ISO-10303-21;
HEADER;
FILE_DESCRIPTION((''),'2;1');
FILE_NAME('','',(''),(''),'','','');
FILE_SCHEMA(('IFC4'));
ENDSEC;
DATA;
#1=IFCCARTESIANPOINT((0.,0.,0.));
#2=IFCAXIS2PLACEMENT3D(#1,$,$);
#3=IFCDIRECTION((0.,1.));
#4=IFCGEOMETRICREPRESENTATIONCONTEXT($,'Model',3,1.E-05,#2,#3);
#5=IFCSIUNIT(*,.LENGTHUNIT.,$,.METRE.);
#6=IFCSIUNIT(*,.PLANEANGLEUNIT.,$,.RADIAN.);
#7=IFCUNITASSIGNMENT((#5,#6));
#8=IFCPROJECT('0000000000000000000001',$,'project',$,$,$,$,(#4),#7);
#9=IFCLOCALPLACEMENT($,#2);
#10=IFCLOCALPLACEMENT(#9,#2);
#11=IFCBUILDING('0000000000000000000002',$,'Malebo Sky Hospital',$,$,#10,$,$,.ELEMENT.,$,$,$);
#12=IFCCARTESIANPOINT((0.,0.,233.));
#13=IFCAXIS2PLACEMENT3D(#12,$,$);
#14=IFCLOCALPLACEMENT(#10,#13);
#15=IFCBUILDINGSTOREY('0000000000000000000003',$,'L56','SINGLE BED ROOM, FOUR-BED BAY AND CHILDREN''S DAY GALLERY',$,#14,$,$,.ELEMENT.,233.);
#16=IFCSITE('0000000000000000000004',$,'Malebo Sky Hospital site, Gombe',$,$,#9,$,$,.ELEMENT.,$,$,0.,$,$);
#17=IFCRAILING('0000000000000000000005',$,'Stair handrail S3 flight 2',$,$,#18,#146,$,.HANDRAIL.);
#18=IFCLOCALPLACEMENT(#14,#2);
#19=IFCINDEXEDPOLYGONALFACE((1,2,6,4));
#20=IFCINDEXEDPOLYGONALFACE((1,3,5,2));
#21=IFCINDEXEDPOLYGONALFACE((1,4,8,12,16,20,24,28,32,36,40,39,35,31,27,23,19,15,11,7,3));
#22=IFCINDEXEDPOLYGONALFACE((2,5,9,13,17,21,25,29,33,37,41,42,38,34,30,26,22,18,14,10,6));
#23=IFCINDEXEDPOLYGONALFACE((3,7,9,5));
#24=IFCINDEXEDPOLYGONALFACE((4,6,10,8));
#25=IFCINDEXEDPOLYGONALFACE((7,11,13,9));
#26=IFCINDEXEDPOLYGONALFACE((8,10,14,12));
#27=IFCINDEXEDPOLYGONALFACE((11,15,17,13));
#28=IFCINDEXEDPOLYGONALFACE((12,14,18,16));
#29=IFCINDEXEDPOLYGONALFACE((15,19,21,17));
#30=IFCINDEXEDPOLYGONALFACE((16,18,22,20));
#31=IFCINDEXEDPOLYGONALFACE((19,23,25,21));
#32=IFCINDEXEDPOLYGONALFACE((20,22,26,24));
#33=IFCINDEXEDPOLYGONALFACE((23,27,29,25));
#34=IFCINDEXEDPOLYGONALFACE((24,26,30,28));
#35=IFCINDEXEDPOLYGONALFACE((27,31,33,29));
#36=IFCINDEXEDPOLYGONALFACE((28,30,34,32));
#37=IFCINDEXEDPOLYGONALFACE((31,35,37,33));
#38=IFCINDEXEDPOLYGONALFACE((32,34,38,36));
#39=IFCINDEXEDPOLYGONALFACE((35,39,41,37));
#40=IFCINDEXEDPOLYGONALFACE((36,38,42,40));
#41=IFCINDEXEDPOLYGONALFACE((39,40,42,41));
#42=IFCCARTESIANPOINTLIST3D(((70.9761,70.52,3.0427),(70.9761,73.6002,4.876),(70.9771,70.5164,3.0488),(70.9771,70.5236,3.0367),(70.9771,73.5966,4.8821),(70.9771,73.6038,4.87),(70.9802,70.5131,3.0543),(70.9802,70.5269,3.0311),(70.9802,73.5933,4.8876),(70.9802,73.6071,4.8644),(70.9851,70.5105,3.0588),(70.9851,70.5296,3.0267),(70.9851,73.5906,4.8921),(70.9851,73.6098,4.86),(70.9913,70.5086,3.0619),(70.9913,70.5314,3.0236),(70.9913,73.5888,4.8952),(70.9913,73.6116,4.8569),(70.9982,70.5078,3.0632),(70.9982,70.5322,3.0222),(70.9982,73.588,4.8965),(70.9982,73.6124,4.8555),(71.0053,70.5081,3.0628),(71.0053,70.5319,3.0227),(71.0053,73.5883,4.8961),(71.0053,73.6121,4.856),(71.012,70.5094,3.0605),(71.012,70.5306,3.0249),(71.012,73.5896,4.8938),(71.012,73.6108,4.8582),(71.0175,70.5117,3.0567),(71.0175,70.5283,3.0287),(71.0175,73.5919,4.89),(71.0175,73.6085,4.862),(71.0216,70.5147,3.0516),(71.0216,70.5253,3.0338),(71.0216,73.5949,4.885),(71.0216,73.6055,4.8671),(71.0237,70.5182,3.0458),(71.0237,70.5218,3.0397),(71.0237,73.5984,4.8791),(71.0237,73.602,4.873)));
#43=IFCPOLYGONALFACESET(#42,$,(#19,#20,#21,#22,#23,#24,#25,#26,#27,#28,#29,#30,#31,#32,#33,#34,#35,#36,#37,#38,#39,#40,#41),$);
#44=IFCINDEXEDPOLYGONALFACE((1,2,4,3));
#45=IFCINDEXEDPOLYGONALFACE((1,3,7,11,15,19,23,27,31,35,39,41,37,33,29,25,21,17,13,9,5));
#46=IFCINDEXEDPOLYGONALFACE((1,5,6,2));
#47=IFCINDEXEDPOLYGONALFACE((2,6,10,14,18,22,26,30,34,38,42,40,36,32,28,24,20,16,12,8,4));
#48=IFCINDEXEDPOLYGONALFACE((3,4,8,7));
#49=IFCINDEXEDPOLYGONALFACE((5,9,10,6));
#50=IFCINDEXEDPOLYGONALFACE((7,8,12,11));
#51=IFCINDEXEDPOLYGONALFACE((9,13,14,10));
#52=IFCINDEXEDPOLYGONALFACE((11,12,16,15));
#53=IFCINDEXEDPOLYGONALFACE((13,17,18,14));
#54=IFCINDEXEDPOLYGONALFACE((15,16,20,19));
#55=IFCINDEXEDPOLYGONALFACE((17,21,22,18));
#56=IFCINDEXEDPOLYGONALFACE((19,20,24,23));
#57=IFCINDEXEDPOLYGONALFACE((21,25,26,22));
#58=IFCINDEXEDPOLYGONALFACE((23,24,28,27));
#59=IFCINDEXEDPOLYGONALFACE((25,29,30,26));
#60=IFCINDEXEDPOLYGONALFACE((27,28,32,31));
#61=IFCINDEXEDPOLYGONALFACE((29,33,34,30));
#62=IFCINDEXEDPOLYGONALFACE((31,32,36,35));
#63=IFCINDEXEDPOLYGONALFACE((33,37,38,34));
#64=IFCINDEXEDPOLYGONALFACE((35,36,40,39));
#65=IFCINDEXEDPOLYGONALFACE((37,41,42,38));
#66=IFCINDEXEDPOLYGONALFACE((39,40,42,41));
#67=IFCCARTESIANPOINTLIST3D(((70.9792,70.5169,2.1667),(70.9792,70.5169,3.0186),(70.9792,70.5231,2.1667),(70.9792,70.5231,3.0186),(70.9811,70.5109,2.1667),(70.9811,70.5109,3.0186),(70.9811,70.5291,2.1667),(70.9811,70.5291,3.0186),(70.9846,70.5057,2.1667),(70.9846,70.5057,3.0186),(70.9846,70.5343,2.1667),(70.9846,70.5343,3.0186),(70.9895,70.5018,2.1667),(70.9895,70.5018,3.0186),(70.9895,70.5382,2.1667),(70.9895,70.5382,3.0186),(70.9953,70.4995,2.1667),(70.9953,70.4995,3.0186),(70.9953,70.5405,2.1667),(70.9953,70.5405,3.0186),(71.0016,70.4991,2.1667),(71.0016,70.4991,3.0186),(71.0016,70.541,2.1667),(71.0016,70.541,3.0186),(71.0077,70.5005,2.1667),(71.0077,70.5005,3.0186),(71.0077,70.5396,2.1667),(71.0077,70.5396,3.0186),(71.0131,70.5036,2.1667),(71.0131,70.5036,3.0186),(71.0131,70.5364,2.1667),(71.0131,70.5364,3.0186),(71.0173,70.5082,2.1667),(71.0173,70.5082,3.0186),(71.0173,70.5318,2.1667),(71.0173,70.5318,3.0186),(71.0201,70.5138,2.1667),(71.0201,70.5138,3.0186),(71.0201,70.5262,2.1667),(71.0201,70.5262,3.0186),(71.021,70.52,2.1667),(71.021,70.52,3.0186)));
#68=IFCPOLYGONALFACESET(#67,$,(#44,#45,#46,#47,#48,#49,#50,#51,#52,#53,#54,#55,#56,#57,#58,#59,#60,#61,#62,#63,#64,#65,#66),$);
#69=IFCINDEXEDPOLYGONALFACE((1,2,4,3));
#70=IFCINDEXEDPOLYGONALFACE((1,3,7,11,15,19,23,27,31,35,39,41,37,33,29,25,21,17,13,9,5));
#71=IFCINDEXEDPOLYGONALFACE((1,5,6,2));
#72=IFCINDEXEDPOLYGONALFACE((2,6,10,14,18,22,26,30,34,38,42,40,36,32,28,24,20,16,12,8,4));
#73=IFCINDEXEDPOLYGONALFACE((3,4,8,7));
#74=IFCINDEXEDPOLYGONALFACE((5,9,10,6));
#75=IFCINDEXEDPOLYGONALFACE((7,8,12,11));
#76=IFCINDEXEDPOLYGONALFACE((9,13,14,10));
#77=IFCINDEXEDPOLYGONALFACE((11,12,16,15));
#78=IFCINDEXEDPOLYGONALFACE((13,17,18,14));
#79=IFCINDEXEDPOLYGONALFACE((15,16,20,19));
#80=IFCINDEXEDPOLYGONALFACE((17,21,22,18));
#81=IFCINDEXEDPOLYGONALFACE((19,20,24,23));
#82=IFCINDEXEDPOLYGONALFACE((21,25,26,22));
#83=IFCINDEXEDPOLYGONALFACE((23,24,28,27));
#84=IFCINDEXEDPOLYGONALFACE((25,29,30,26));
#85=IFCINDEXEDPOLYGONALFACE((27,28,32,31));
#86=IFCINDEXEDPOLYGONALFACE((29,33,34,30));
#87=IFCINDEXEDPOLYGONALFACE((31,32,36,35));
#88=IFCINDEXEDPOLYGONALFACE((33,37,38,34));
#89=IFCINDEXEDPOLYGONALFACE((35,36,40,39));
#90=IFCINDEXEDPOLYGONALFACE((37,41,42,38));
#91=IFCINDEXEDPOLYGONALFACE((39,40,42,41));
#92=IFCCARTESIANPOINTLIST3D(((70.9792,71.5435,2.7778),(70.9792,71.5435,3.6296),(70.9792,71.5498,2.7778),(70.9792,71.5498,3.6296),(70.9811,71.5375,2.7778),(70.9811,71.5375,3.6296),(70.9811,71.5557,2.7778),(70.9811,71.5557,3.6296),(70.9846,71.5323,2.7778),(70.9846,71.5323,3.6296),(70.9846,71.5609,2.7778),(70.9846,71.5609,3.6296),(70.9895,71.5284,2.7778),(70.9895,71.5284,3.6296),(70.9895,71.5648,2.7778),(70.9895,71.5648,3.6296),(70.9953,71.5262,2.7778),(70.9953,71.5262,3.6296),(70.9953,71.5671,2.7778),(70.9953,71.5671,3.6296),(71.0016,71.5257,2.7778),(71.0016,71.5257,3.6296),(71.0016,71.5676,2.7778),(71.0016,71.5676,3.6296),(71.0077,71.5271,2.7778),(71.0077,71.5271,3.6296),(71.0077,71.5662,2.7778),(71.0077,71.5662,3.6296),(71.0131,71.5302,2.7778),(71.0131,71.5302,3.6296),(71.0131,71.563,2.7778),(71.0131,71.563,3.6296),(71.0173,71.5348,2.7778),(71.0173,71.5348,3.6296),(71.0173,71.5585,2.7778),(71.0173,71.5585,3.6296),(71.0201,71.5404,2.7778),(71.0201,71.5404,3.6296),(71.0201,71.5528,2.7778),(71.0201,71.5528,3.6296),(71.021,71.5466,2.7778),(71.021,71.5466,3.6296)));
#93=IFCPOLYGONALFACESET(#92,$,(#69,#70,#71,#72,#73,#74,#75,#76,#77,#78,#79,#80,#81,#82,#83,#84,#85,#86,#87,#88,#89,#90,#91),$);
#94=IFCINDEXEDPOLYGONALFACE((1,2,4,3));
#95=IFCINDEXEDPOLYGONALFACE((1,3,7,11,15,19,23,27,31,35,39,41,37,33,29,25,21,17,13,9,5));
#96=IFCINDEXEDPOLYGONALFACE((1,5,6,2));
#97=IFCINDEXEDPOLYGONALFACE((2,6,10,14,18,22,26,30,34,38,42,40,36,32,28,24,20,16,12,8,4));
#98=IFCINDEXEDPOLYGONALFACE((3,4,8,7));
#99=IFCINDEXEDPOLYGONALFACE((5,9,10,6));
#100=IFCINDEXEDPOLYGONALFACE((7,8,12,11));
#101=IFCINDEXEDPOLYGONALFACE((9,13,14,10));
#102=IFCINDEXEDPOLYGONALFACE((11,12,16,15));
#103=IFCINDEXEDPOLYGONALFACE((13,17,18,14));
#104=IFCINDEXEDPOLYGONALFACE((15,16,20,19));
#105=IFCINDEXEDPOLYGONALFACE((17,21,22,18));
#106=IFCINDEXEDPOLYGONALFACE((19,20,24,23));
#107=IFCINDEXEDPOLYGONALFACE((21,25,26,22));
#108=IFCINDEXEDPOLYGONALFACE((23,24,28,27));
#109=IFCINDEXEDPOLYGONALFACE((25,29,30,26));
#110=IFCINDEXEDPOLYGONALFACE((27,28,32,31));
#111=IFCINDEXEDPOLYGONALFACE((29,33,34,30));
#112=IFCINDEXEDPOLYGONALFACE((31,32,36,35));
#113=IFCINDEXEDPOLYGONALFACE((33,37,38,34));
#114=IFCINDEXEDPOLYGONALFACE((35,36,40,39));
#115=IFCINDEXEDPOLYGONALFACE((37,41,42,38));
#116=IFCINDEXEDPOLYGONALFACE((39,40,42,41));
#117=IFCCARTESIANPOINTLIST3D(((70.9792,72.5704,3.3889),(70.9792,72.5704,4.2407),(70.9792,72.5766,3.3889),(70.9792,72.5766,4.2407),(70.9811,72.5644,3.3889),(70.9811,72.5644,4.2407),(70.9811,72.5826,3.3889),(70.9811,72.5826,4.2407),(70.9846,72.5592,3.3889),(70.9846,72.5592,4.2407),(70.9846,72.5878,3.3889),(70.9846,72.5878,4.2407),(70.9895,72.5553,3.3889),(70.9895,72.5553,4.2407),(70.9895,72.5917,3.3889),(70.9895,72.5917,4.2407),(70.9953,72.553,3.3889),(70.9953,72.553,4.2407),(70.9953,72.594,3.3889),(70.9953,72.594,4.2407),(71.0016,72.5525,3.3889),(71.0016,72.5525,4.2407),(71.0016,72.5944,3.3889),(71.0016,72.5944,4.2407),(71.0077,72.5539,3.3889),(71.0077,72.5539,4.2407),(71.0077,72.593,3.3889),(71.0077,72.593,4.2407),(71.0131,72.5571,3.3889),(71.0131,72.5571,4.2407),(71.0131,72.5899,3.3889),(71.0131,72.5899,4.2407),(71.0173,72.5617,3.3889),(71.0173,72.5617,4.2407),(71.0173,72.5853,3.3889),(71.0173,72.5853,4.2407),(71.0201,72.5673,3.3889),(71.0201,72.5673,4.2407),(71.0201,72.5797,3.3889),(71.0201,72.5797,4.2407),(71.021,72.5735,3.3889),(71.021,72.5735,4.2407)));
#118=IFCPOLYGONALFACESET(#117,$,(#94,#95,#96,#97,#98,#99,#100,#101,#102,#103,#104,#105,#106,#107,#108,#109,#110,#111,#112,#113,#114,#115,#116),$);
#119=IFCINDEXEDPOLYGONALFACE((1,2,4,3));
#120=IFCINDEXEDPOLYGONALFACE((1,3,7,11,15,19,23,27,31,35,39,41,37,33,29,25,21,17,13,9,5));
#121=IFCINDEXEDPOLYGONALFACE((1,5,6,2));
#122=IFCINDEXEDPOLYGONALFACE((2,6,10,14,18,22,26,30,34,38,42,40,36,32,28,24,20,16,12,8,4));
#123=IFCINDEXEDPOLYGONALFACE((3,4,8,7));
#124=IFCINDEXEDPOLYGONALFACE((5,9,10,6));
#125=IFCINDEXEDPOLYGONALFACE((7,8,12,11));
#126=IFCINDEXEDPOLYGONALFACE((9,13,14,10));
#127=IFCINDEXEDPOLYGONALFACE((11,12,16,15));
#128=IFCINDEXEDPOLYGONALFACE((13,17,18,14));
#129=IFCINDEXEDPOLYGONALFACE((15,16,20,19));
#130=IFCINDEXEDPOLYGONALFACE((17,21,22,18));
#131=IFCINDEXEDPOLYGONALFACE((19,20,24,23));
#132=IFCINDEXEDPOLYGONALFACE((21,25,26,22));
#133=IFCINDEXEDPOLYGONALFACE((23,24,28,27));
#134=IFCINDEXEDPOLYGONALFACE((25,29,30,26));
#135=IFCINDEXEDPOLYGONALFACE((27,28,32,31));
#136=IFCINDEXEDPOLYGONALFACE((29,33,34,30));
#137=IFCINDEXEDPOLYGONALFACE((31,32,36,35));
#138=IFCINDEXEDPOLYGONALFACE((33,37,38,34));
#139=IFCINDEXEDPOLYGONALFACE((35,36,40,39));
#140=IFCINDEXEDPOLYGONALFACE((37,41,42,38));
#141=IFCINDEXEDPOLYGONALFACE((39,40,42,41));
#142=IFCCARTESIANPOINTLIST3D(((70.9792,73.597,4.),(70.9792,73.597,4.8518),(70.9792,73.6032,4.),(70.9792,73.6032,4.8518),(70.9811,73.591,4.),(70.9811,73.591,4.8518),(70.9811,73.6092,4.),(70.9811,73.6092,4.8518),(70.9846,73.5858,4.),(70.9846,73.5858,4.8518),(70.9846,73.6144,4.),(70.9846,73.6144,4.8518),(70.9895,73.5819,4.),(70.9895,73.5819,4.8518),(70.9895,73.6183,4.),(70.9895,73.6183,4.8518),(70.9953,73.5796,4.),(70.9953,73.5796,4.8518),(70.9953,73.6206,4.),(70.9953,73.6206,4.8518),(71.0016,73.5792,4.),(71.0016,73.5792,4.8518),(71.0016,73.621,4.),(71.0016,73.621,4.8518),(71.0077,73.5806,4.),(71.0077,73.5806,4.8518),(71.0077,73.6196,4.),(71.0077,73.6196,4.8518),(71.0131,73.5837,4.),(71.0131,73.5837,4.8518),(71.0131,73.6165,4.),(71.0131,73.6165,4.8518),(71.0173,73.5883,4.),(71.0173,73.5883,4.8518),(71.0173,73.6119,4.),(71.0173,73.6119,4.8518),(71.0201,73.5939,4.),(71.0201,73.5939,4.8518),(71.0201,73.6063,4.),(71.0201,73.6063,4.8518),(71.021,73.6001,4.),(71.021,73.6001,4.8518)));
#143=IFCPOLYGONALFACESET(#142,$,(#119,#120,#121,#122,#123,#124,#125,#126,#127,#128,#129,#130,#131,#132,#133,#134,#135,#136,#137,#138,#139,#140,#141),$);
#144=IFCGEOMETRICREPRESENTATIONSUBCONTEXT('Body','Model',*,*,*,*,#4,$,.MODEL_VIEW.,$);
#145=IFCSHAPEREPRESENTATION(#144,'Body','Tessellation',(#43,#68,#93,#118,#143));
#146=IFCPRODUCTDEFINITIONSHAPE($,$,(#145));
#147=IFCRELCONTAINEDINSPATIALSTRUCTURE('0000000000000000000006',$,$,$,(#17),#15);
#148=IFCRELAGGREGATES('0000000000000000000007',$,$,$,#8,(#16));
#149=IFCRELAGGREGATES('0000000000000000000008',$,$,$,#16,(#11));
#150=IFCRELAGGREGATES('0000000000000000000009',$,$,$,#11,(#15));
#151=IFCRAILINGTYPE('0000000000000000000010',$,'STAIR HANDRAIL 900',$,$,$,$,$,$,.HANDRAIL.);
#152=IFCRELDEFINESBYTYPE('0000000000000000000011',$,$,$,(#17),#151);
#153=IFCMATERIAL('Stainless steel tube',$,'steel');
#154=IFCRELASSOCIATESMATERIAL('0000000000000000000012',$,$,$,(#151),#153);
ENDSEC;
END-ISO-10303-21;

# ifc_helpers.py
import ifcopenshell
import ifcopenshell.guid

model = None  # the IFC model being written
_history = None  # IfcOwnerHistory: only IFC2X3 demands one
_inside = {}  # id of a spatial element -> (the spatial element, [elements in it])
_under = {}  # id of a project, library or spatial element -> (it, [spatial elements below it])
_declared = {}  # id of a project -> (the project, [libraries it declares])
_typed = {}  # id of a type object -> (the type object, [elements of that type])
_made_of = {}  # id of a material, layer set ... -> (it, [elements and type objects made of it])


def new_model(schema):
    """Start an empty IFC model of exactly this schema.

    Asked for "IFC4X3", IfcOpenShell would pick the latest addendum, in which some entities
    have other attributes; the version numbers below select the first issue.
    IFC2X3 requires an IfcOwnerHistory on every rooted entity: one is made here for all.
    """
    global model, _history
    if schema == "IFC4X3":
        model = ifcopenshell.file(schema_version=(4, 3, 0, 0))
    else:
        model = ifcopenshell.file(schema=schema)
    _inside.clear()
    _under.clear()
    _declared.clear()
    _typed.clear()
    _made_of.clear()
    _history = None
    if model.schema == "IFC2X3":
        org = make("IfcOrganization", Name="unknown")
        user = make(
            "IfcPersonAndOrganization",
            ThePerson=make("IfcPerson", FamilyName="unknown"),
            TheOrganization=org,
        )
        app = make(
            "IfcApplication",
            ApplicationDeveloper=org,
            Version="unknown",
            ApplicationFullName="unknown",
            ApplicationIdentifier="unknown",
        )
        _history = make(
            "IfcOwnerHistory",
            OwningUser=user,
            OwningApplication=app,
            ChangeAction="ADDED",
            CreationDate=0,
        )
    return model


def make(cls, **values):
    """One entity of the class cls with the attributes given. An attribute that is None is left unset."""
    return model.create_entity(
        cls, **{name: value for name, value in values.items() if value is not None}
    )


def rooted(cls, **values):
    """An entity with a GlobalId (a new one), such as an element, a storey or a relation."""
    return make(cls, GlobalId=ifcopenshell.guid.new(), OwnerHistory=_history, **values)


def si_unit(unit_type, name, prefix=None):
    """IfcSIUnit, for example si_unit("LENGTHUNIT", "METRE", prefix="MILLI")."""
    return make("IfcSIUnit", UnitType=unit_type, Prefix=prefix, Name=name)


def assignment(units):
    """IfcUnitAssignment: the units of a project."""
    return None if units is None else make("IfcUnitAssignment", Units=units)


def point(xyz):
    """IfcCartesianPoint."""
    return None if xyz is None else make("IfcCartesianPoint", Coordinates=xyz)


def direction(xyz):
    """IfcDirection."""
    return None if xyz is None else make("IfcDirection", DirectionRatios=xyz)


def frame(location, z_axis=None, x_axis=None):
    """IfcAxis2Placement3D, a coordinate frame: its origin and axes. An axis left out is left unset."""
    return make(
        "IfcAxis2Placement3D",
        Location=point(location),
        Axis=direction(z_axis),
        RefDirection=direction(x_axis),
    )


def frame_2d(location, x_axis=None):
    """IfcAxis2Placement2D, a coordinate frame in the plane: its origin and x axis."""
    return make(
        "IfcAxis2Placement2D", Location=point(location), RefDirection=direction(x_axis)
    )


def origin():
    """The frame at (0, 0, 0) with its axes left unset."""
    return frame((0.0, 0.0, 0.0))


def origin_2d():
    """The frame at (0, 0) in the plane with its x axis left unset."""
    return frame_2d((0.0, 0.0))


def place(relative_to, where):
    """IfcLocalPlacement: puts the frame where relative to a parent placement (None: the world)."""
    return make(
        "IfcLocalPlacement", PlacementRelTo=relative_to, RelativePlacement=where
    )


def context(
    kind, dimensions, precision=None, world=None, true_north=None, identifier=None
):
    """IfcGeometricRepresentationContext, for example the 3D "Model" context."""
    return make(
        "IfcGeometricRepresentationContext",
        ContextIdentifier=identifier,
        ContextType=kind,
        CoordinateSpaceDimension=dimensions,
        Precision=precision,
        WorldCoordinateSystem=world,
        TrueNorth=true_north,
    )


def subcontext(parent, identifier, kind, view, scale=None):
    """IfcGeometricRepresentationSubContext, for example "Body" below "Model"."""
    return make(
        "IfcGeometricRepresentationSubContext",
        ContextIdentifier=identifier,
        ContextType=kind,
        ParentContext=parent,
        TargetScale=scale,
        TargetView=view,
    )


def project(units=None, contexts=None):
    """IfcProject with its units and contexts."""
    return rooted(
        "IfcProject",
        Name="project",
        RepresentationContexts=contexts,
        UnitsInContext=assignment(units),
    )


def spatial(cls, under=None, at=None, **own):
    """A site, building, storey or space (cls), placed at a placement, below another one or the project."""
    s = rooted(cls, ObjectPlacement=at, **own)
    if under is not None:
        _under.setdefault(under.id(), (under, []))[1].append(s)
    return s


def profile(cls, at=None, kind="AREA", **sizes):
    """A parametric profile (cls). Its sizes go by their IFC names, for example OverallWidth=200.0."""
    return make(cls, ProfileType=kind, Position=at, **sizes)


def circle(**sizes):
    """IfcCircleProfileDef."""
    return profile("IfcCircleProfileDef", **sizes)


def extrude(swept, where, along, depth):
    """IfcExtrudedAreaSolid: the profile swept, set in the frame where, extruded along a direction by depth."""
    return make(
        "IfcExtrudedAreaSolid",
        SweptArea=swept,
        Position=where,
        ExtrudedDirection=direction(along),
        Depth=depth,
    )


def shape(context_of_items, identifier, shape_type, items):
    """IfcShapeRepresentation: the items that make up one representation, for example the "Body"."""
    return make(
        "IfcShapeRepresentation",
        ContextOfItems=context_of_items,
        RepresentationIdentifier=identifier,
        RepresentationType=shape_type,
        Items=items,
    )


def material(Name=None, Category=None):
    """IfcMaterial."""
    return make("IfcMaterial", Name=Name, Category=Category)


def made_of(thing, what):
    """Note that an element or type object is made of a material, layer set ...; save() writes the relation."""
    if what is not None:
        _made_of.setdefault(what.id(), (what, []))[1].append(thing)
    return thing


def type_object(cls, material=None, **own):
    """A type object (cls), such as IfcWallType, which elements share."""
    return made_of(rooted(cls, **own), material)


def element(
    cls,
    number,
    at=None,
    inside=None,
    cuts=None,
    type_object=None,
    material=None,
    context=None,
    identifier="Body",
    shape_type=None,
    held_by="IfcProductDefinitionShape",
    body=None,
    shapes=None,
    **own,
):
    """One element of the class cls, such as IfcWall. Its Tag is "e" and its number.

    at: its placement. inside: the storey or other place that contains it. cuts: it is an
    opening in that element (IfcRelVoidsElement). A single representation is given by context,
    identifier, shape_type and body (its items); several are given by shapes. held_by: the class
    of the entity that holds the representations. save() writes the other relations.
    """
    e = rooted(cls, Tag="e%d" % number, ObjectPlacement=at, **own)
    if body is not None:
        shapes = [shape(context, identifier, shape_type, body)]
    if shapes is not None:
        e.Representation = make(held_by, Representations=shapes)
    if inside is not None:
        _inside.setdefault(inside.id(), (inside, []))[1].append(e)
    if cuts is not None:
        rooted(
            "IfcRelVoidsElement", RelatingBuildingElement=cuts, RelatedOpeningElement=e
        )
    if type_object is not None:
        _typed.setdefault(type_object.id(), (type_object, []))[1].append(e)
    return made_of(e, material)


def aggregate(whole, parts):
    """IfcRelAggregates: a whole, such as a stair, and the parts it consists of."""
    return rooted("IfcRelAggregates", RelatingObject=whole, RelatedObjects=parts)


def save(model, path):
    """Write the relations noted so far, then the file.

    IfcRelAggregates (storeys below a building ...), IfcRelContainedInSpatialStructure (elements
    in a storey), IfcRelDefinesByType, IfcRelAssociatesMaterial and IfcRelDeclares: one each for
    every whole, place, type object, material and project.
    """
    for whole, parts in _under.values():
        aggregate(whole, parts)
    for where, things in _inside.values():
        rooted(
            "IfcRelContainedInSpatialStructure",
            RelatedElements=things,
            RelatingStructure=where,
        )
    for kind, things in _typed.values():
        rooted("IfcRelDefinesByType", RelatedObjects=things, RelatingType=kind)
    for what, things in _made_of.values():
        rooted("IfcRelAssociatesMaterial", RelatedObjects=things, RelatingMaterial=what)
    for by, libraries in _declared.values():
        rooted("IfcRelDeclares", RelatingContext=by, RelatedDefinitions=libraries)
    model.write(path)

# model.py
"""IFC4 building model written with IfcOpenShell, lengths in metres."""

from ifc_helpers import new_model, si_unit, direction, frame, origin, origin_2d, place, context, subcontext, project, spatial, circle, extrude, material, type_object, element, save


model = new_model("IFC4")

# Units and contexts
model_context = context("Model", 3, precision=1e-05, world=origin(), true_north=direction((0.0, 1.0)))
body_context = subcontext(model_context, "Body", "Model", "MODEL_VIEW")
ifc_project = project(units=[si_unit("LENGTHUNIT", "METRE"), si_unit("PLANEANGLEUNIT", "RADIAN")], contexts=[model_context])

# Site, building, storey
site_placement = place(None, origin())
site = spatial("IfcSite", under=ifc_project, at=site_placement, Name="Malebo Sky Hospital site, Gombe", CompositionType="ELEMENT", RefElevation=0.0)
building_placement = place(site_placement, origin())
building = spatial("IfcBuilding", under=site, at=building_placement, Name="Malebo Sky Hospital", CompositionType="ELEMENT")
storey_placement = place(building_placement, frame((0.0, 0.0, 233.0)))
storey = spatial("IfcBuildingStorey", under=building, at=storey_placement, Name="L56", Description="SINGLE BED ROOM, FOUR-BED BAY AND CHILDREN'S DAY GALLERY", CompositionType="ELEMENT", Elevation=233.0)

# Railing
ifc_material_1 = material(Name="Stainless steel tube", Category="steel")
railing_type = type_object("IfcRailingType", Name="STAIR HANDRAIL 900", PredefinedType="HANDRAIL", material=ifc_material_1)
railing_1_placement = place(storey_placement, frame((71.0, 70.52, 2.1667)))
element("IfcRailing", 1, at=railing_1_placement, inside=storey, type_object=railing_type, Name="Stair handrail S3 flight 2", PredefinedType="HANDRAIL", context=body_context, shape_type="SweptSolid", body=[
    extrude(circle(Radius=0.0239, at=origin_2d()), frame((0.0, 0.0, 0.876), z_axis=(0.0, 0.859309, 0.511458), x_axis=(-1.0, 0.0, 0.0)), (0.0, 0.0, 1.0), 3.5845),
    extrude(circle(Radius=0.021, at=origin_2d()), origin(), (0.0, 0.0, 1.0), 0.8518),
    extrude(circle(Radius=0.021, at=origin_2d()), frame((0.0, 1.0266, 0.6111)), (0.0, 0.0, 1.0), 0.8518),
    extrude(circle(Radius=0.021, at=origin_2d()), frame((0.0, 2.0535, 1.2222)), (0.0, 0.0, 1.0), 0.8518),
    extrude(circle(Radius=0.021, at=origin_2d()), frame((0.0, 3.0801, 1.8333)), (0.0, 0.0, 1.0), 0.8518),
])

save(model, "model.ifc")
